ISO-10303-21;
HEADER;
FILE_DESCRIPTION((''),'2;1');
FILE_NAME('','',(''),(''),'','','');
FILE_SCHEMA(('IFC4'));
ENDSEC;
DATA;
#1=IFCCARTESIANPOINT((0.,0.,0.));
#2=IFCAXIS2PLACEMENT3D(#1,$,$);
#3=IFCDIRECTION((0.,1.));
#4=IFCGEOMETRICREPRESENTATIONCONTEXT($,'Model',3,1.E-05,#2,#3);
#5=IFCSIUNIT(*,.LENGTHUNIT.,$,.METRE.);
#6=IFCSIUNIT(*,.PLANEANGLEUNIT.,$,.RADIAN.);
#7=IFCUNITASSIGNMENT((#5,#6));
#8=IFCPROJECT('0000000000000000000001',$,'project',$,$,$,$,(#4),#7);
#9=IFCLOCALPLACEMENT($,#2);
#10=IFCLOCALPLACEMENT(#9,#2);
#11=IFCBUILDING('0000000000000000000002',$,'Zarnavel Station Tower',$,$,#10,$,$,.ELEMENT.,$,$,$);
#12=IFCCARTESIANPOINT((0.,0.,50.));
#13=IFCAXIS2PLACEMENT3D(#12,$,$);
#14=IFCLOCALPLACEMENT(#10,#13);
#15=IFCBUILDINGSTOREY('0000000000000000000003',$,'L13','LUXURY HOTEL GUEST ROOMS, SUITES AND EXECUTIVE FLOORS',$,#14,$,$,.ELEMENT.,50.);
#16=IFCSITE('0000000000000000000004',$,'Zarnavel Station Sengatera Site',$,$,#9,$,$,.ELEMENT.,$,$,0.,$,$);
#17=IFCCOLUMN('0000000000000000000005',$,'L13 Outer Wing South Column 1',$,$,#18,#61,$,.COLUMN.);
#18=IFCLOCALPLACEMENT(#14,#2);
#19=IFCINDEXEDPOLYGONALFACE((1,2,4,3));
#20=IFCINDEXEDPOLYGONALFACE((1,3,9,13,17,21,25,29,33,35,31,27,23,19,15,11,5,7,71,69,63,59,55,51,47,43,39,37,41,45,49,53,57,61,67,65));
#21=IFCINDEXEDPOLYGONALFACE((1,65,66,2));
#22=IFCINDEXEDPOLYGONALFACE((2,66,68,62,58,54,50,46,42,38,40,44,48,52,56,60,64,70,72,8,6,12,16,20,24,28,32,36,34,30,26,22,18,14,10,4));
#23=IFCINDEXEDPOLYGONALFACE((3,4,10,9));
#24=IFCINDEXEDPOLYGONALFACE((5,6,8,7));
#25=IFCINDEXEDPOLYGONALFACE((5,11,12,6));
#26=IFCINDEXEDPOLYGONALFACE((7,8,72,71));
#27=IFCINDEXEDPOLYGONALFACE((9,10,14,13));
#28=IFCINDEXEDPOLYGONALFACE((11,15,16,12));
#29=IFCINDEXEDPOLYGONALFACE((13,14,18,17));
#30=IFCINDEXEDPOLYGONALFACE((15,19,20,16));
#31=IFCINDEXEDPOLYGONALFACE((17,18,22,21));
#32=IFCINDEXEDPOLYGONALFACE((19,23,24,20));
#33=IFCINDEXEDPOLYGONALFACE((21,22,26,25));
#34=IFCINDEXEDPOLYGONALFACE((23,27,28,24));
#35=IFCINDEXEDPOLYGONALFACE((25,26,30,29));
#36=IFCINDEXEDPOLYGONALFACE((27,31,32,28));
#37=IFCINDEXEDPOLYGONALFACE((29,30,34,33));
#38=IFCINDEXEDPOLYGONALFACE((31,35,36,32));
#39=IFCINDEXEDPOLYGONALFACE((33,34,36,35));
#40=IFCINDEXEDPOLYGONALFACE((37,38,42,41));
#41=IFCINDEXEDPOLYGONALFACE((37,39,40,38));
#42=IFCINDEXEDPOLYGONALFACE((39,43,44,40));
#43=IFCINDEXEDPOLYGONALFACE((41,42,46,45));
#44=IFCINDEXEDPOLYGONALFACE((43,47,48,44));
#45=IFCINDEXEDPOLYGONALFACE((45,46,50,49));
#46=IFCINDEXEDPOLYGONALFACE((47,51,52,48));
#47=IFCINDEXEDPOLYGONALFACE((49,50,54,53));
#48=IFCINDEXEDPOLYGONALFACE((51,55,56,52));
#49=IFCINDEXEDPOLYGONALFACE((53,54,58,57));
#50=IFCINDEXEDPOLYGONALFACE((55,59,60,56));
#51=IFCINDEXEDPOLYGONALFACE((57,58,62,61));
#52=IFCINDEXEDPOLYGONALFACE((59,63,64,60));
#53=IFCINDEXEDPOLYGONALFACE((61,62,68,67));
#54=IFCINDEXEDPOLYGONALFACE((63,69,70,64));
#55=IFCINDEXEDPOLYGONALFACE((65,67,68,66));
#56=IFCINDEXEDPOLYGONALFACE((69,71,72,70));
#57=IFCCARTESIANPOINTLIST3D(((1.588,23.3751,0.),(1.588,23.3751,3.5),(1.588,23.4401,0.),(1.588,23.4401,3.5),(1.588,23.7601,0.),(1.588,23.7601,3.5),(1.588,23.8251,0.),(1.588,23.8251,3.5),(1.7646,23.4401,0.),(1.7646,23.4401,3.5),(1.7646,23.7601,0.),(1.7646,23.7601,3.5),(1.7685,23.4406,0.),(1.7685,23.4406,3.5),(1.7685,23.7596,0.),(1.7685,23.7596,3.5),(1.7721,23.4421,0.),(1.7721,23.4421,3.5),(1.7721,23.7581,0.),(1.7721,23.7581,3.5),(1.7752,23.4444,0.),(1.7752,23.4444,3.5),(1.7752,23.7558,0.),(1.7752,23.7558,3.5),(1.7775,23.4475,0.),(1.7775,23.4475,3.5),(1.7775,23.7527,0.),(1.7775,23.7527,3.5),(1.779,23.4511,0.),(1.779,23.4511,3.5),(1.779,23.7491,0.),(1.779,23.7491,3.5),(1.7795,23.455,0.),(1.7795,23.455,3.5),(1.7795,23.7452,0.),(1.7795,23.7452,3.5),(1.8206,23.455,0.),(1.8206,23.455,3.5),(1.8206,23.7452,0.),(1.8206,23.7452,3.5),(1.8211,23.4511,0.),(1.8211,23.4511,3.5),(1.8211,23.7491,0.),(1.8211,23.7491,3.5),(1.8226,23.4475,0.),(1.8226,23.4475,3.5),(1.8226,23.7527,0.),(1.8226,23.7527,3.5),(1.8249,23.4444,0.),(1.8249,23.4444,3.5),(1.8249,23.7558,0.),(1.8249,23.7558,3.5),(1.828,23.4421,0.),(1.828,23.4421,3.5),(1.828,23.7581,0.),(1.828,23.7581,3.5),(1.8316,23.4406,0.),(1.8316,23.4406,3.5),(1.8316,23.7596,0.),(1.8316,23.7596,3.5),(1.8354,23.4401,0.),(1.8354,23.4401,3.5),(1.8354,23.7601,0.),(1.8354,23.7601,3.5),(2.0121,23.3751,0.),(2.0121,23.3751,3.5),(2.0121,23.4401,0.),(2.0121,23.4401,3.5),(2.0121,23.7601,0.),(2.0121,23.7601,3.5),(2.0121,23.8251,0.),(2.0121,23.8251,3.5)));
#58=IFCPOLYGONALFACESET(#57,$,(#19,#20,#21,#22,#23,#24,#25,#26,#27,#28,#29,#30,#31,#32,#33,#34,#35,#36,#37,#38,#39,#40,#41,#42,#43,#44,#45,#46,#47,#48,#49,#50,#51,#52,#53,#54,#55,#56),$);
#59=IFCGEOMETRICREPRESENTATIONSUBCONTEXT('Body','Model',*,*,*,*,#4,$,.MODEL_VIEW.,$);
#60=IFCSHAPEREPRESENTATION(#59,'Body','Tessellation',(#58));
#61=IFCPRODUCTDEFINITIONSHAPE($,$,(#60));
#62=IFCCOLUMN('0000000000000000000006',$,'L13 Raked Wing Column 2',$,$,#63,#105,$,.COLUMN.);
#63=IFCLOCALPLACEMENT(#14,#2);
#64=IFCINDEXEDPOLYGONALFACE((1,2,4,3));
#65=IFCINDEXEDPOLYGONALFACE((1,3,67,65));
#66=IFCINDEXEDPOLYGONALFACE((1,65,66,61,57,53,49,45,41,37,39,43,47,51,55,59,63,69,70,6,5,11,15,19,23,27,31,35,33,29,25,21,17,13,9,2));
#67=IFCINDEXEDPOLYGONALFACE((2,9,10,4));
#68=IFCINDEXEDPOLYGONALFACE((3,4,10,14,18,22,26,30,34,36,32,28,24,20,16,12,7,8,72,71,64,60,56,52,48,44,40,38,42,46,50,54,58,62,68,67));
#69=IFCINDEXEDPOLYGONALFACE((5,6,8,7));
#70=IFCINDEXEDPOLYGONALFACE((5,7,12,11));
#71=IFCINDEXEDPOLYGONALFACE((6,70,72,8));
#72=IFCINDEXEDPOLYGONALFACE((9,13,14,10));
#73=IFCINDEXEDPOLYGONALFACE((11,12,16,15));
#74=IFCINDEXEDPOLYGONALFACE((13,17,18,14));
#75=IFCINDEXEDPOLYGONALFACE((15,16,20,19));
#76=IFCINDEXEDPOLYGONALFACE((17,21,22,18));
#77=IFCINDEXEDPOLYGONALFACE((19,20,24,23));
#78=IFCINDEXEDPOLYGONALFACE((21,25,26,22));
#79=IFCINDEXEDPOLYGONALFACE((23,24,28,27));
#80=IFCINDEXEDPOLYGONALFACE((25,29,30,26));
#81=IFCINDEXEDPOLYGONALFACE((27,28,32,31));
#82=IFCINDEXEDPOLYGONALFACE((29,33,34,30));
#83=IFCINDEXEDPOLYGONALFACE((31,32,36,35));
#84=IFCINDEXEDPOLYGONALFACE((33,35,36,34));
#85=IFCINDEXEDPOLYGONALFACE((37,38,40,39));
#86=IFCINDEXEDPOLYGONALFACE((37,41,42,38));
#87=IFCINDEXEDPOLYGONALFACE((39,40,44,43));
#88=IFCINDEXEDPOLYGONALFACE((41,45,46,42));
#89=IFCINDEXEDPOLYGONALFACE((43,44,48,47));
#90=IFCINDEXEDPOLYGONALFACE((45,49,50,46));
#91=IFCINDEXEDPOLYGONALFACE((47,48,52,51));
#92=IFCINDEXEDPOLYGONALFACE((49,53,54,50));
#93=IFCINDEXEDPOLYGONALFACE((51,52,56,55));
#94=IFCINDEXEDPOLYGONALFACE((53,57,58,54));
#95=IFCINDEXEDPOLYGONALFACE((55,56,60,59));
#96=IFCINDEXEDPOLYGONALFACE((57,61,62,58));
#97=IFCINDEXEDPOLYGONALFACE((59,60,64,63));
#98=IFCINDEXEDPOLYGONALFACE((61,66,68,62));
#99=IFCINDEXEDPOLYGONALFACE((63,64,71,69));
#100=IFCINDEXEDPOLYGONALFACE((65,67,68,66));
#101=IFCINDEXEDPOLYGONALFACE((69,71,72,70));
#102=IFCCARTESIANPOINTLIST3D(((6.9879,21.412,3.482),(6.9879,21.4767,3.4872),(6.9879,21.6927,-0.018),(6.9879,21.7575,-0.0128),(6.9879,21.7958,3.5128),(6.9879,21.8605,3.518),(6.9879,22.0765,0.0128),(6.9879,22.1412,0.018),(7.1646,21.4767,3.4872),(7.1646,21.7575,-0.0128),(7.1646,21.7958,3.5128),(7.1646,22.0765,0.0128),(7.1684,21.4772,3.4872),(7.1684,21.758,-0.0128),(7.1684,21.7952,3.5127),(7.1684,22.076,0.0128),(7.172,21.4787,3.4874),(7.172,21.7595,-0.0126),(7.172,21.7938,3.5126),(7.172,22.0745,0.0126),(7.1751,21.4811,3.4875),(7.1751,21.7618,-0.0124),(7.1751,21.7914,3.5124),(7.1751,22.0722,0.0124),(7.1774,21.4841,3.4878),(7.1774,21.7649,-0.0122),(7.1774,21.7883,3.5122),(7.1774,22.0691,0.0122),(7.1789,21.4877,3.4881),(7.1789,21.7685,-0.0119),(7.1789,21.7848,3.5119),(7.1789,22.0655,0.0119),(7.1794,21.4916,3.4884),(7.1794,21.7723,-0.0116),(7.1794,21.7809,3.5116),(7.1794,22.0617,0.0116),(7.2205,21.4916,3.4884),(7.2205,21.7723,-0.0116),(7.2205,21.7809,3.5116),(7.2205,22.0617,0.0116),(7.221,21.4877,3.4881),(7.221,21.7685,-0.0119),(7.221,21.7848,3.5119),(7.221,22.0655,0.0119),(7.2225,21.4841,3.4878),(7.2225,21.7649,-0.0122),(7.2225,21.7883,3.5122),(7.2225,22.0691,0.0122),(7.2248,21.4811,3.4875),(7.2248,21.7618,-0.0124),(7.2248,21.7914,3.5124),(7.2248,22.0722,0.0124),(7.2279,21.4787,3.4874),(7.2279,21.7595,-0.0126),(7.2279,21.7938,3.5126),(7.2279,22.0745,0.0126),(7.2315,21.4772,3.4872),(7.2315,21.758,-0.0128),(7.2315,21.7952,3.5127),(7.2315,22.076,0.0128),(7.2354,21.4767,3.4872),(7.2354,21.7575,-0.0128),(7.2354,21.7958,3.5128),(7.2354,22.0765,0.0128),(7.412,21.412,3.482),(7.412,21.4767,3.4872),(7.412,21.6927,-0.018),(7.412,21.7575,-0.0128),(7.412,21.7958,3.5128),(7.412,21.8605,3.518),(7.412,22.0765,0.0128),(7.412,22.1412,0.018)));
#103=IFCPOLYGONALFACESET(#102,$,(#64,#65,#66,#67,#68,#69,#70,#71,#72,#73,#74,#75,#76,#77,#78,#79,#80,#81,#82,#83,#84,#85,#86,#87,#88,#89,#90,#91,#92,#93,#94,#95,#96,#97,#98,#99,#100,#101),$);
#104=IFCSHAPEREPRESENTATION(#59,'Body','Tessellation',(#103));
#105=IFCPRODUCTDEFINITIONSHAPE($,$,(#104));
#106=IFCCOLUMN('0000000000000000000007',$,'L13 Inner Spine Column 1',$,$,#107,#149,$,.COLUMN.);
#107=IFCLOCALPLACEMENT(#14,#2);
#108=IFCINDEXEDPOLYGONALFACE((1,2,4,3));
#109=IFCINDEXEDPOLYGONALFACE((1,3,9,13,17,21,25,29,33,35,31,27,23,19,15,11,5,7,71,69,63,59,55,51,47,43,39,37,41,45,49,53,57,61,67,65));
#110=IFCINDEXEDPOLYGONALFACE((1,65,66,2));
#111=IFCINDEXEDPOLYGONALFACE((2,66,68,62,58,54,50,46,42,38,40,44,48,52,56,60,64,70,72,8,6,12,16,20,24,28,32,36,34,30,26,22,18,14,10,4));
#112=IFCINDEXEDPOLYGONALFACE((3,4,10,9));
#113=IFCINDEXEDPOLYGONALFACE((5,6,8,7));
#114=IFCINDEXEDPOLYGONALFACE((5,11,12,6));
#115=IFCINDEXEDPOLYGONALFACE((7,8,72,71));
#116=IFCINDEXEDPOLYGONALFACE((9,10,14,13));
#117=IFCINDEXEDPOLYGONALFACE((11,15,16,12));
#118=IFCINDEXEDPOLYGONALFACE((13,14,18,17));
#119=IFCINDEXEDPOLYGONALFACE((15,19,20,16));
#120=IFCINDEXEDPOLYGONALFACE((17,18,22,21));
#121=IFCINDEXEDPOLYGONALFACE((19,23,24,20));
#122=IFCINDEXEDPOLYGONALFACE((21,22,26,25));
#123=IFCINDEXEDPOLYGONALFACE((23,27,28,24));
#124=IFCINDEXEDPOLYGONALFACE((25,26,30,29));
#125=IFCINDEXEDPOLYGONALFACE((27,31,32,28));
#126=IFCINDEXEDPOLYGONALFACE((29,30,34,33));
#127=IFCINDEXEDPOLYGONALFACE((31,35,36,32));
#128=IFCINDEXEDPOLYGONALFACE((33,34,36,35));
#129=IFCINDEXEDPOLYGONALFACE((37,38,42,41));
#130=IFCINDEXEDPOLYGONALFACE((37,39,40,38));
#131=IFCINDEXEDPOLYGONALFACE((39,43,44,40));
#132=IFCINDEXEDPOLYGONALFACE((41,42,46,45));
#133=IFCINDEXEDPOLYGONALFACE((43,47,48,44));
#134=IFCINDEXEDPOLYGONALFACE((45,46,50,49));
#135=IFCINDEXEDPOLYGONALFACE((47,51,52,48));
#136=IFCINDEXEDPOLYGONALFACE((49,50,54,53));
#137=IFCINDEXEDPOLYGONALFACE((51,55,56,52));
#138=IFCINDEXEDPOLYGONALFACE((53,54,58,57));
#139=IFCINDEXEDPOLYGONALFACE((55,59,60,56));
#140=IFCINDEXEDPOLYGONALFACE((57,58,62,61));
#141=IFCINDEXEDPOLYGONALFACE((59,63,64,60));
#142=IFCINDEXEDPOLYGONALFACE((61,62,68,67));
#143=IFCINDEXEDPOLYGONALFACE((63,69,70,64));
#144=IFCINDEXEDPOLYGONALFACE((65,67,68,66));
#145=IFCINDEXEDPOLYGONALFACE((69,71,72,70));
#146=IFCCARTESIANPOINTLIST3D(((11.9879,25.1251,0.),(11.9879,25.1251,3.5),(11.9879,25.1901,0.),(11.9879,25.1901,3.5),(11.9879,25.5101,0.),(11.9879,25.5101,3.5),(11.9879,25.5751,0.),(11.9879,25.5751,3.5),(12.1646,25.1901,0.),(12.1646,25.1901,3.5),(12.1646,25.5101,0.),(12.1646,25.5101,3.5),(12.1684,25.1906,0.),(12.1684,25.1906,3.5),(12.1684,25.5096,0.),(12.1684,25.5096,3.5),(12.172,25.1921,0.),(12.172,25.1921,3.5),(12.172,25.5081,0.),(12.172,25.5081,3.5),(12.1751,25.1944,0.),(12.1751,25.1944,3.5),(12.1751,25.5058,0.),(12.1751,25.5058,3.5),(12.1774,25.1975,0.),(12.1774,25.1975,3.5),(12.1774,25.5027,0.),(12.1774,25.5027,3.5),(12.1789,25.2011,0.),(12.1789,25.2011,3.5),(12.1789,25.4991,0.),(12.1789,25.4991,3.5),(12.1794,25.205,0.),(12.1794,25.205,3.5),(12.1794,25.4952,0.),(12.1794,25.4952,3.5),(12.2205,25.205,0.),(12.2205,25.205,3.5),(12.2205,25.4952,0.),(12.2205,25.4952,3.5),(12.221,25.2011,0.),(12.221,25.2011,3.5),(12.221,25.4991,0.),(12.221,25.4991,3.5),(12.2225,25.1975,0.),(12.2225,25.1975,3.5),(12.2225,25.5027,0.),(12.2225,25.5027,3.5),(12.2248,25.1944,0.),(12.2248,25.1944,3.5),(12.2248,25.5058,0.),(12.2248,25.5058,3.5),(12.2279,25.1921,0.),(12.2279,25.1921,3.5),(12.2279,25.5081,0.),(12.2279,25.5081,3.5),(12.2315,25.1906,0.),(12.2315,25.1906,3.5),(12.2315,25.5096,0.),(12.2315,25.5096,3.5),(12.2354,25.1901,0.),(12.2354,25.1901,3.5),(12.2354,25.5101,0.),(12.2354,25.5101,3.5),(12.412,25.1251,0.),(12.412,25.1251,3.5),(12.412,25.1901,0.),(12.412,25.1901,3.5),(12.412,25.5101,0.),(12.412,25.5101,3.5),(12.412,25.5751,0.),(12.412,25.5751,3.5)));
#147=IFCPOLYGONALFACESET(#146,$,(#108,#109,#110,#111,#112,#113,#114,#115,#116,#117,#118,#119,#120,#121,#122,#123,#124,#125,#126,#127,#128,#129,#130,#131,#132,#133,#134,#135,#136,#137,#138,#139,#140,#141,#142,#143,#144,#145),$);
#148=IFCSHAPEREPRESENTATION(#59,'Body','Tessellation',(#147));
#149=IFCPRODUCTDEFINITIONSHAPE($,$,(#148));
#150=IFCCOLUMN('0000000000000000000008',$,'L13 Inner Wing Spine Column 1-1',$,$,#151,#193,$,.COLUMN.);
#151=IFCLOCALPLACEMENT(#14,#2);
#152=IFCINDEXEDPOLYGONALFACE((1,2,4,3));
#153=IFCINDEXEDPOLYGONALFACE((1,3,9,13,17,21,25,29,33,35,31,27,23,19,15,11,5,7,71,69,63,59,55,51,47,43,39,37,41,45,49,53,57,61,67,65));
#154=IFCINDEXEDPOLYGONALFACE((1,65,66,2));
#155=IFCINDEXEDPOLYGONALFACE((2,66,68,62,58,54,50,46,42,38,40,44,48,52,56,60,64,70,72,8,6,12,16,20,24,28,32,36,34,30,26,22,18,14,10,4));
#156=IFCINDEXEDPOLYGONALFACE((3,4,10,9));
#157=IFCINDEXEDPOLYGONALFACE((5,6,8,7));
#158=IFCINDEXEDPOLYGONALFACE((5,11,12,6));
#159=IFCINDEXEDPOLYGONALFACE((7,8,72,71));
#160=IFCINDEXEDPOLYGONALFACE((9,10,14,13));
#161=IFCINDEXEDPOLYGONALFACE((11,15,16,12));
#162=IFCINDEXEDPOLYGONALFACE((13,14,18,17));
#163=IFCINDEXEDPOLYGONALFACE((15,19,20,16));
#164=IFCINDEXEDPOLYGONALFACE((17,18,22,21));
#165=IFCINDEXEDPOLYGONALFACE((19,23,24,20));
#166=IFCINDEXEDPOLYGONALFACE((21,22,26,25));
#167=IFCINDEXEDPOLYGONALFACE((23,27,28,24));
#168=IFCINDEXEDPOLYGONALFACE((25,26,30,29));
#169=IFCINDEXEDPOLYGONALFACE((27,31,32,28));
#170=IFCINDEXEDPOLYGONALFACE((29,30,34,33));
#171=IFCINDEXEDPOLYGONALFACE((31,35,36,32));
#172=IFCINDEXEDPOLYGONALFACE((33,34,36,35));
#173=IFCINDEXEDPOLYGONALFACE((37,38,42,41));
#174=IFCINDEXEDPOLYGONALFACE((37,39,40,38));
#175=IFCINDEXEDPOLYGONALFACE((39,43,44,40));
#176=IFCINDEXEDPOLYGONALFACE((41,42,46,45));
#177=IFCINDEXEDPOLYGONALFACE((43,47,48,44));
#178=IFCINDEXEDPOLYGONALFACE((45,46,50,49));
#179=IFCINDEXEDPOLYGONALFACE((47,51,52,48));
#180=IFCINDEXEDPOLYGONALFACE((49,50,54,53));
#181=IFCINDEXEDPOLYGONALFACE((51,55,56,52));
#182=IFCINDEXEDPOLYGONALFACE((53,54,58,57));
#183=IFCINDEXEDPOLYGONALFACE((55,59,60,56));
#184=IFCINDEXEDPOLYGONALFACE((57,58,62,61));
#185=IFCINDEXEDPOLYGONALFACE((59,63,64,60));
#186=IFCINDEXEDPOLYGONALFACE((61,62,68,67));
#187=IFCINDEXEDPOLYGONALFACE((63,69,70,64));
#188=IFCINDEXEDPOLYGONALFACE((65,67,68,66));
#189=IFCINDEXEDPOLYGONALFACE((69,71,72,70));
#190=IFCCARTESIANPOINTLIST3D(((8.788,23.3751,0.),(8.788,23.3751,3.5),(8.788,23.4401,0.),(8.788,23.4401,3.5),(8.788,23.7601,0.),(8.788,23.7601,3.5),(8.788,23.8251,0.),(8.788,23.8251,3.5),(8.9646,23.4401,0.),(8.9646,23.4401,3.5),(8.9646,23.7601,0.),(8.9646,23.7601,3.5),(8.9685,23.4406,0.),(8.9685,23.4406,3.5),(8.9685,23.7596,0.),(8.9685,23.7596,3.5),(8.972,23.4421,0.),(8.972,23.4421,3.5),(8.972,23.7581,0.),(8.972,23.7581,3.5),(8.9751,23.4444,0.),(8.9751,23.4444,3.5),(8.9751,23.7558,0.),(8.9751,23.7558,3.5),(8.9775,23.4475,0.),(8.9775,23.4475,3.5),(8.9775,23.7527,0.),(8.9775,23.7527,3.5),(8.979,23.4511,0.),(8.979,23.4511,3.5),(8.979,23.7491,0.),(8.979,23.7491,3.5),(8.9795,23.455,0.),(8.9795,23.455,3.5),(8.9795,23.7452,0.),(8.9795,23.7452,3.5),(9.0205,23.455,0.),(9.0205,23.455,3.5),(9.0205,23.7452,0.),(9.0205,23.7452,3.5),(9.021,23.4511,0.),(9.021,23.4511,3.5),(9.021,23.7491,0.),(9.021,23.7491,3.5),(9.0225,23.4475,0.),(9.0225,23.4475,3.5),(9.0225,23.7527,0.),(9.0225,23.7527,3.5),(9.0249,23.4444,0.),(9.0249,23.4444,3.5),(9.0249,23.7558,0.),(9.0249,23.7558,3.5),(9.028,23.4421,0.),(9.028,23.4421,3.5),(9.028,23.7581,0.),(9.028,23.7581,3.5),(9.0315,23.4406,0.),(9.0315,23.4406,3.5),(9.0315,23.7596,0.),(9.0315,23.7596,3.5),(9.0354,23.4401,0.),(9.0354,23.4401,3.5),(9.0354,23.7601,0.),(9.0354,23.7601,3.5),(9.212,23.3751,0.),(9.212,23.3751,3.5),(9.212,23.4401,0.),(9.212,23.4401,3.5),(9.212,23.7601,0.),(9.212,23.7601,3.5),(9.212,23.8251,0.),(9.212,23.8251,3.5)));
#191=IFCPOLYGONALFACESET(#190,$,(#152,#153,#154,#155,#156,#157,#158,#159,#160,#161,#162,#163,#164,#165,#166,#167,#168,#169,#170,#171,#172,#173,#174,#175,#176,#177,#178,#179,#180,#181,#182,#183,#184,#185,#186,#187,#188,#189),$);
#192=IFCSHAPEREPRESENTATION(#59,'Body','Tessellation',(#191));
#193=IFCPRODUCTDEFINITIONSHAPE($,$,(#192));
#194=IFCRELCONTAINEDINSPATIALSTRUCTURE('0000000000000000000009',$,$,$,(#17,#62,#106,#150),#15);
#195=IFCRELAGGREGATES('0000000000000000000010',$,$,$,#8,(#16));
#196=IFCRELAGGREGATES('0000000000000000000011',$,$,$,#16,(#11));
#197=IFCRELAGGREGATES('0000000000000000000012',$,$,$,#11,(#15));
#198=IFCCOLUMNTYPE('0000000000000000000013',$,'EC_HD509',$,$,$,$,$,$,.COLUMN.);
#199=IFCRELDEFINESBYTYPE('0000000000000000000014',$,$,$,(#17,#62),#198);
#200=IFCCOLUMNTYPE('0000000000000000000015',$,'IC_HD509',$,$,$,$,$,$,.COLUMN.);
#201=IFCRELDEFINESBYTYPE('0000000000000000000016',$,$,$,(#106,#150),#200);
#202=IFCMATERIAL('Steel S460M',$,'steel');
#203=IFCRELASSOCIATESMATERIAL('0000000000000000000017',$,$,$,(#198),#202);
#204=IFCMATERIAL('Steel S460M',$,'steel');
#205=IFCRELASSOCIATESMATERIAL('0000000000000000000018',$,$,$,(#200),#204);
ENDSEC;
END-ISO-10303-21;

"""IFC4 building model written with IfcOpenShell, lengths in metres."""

from ifc_helpers import new_model, si_unit, direction, frame, origin, origin_2d, place, context, subcontext, project, spatial, i_section, extrude, material, material_profile, profile_set, type_object, element, save


model = new_model("IFC4")

# Units and contexts
model_context = context("Model", 3, precision=1e-05, world=origin(), true_north=direction((0.0, 1.0)))
body_context = subcontext(model_context, "Body", "Model", "MODEL_VIEW")
ifc_project = project(units=[si_unit("LENGTHUNIT", "METRE"), si_unit("PLANEANGLEUNIT", "RADIAN")], contexts=[model_context])

# Site, building, storey
site_placement = place(None, origin())
site = spatial("IfcSite", under=ifc_project, at=site_placement, Name="Zarnavel Station Sengatera Site", CompositionType="ELEMENT", RefElevation=0.0)
building_placement = place(site_placement, origin())
building = spatial("IfcBuilding", under=site, at=building_placement, Name="Zarnavel Station Tower", CompositionType="ELEMENT")
storey_placement = place(building_placement, frame((0.0, 0.0, 50.0)))
storey = spatial("IfcBuildingStorey", under=building, at=storey_placement, Name="L13", Description="LUXURY HOTEL GUEST ROOMS, SUITES AND EXECUTIVE FLOORS", CompositionType="ELEMENT", Elevation=50.0)

# Columns
ifc_material_1 = material(Name="Steel S460M", Category="steel")
ifc_material_profile_1 = material_profile(ifc_material_1, i_section(OverallWidth=0.4241, OverallDepth=0.45, WebThickness=0.041, FlangeThickness=0.0649, FilletRadius=0.0149, at=origin_2d()), Name="HD400x509")
ifc_profile_set_1 = profile_set([ifc_material_profile_1], Name="Steel S460M")
column_type_1 = type_object("IfcColumnType", Name="EC_HD509", PredefinedType="COLUMN", material=ifc_profile_set_1)
column_1_placement = place(storey_placement, frame((1.8, 23.6001, 0.0), z_axis=(0.0, 0.0, 1.0), x_axis=(1.0, 0.0, 0.0)))
element("IfcColumn", 1, at=column_1_placement, inside=storey, type_object=column_type_1, Name="L13 Outer Wing South Column 1", PredefinedType="COLUMN", context=body_context, shape_type="SweptSolid", body=[
    extrude(i_section(OverallWidth=0.4241, OverallDepth=0.45, WebThickness=0.041, FlangeThickness=0.0649, FilletRadius=0.0149, at=origin_2d()), origin(), (0.0, 0.0, 1.0), 3.5),
])
column_2_placement = place(storey_placement, frame((7.2, 21.917, 0.0), z_axis=(0.0, -0.079961, 0.996798), x_axis=(1.0, 0.0, 0.0)))
element("IfcColumn", 2, at=column_2_placement, inside=storey, type_object=column_type_1, Name="L13 Raked Wing Column 2", PredefinedType="COLUMN", context=body_context, shape_type="SweptSolid", body=[
    extrude(i_section(OverallWidth=0.4241, OverallDepth=0.45, WebThickness=0.041, FlangeThickness=0.0649, FilletRadius=0.0149, at=origin_2d()), origin(), (0.0, 0.0, 1.0), 3.5112),
])
ifc_material_2 = material(Name="Steel S460M", Category="steel")
ifc_material_profile_2 = material_profile(ifc_material_2, i_section(OverallWidth=0.4241, OverallDepth=0.45, WebThickness=0.041, FlangeThickness=0.0649, FilletRadius=0.0149, at=origin_2d()), Name="HD400x509")
ifc_profile_set_2 = profile_set([ifc_material_profile_2], Name="Steel S460M")
column_type_2 = type_object("IfcColumnType", Name="IC_HD509", PredefinedType="COLUMN", material=ifc_profile_set_2)
for number, where, z_axis, x_axis, name in (
    (3, (12.2, 25.3501, 0.0), (0.0, 0.0, 1.0), (1.0, 0.0, 0.0), "L13 Inner Spine Column 1"),
    (4, (9.0, 23.6001, 0.0), (0.0, 0.0, 1.0), (1.0, 0.0, 0.0), "L13 Inner Wing Spine Column 1-1"),
):
    element("IfcColumn", number, at=place(storey_placement, frame(where, z_axis=z_axis, x_axis=x_axis)), inside=storey, type_object=column_type_2, Name=name, PredefinedType="COLUMN", context=body_context, shape_type="SweptSolid", body=[
        extrude(i_section(OverallWidth=0.4241, OverallDepth=0.45, WebThickness=0.041, FlangeThickness=0.0649, FilletRadius=0.0149, at=origin_2d()), origin(), (0.0, 0.0, 1.0), 3.5),
    ])

save(model, "model.ifc")
